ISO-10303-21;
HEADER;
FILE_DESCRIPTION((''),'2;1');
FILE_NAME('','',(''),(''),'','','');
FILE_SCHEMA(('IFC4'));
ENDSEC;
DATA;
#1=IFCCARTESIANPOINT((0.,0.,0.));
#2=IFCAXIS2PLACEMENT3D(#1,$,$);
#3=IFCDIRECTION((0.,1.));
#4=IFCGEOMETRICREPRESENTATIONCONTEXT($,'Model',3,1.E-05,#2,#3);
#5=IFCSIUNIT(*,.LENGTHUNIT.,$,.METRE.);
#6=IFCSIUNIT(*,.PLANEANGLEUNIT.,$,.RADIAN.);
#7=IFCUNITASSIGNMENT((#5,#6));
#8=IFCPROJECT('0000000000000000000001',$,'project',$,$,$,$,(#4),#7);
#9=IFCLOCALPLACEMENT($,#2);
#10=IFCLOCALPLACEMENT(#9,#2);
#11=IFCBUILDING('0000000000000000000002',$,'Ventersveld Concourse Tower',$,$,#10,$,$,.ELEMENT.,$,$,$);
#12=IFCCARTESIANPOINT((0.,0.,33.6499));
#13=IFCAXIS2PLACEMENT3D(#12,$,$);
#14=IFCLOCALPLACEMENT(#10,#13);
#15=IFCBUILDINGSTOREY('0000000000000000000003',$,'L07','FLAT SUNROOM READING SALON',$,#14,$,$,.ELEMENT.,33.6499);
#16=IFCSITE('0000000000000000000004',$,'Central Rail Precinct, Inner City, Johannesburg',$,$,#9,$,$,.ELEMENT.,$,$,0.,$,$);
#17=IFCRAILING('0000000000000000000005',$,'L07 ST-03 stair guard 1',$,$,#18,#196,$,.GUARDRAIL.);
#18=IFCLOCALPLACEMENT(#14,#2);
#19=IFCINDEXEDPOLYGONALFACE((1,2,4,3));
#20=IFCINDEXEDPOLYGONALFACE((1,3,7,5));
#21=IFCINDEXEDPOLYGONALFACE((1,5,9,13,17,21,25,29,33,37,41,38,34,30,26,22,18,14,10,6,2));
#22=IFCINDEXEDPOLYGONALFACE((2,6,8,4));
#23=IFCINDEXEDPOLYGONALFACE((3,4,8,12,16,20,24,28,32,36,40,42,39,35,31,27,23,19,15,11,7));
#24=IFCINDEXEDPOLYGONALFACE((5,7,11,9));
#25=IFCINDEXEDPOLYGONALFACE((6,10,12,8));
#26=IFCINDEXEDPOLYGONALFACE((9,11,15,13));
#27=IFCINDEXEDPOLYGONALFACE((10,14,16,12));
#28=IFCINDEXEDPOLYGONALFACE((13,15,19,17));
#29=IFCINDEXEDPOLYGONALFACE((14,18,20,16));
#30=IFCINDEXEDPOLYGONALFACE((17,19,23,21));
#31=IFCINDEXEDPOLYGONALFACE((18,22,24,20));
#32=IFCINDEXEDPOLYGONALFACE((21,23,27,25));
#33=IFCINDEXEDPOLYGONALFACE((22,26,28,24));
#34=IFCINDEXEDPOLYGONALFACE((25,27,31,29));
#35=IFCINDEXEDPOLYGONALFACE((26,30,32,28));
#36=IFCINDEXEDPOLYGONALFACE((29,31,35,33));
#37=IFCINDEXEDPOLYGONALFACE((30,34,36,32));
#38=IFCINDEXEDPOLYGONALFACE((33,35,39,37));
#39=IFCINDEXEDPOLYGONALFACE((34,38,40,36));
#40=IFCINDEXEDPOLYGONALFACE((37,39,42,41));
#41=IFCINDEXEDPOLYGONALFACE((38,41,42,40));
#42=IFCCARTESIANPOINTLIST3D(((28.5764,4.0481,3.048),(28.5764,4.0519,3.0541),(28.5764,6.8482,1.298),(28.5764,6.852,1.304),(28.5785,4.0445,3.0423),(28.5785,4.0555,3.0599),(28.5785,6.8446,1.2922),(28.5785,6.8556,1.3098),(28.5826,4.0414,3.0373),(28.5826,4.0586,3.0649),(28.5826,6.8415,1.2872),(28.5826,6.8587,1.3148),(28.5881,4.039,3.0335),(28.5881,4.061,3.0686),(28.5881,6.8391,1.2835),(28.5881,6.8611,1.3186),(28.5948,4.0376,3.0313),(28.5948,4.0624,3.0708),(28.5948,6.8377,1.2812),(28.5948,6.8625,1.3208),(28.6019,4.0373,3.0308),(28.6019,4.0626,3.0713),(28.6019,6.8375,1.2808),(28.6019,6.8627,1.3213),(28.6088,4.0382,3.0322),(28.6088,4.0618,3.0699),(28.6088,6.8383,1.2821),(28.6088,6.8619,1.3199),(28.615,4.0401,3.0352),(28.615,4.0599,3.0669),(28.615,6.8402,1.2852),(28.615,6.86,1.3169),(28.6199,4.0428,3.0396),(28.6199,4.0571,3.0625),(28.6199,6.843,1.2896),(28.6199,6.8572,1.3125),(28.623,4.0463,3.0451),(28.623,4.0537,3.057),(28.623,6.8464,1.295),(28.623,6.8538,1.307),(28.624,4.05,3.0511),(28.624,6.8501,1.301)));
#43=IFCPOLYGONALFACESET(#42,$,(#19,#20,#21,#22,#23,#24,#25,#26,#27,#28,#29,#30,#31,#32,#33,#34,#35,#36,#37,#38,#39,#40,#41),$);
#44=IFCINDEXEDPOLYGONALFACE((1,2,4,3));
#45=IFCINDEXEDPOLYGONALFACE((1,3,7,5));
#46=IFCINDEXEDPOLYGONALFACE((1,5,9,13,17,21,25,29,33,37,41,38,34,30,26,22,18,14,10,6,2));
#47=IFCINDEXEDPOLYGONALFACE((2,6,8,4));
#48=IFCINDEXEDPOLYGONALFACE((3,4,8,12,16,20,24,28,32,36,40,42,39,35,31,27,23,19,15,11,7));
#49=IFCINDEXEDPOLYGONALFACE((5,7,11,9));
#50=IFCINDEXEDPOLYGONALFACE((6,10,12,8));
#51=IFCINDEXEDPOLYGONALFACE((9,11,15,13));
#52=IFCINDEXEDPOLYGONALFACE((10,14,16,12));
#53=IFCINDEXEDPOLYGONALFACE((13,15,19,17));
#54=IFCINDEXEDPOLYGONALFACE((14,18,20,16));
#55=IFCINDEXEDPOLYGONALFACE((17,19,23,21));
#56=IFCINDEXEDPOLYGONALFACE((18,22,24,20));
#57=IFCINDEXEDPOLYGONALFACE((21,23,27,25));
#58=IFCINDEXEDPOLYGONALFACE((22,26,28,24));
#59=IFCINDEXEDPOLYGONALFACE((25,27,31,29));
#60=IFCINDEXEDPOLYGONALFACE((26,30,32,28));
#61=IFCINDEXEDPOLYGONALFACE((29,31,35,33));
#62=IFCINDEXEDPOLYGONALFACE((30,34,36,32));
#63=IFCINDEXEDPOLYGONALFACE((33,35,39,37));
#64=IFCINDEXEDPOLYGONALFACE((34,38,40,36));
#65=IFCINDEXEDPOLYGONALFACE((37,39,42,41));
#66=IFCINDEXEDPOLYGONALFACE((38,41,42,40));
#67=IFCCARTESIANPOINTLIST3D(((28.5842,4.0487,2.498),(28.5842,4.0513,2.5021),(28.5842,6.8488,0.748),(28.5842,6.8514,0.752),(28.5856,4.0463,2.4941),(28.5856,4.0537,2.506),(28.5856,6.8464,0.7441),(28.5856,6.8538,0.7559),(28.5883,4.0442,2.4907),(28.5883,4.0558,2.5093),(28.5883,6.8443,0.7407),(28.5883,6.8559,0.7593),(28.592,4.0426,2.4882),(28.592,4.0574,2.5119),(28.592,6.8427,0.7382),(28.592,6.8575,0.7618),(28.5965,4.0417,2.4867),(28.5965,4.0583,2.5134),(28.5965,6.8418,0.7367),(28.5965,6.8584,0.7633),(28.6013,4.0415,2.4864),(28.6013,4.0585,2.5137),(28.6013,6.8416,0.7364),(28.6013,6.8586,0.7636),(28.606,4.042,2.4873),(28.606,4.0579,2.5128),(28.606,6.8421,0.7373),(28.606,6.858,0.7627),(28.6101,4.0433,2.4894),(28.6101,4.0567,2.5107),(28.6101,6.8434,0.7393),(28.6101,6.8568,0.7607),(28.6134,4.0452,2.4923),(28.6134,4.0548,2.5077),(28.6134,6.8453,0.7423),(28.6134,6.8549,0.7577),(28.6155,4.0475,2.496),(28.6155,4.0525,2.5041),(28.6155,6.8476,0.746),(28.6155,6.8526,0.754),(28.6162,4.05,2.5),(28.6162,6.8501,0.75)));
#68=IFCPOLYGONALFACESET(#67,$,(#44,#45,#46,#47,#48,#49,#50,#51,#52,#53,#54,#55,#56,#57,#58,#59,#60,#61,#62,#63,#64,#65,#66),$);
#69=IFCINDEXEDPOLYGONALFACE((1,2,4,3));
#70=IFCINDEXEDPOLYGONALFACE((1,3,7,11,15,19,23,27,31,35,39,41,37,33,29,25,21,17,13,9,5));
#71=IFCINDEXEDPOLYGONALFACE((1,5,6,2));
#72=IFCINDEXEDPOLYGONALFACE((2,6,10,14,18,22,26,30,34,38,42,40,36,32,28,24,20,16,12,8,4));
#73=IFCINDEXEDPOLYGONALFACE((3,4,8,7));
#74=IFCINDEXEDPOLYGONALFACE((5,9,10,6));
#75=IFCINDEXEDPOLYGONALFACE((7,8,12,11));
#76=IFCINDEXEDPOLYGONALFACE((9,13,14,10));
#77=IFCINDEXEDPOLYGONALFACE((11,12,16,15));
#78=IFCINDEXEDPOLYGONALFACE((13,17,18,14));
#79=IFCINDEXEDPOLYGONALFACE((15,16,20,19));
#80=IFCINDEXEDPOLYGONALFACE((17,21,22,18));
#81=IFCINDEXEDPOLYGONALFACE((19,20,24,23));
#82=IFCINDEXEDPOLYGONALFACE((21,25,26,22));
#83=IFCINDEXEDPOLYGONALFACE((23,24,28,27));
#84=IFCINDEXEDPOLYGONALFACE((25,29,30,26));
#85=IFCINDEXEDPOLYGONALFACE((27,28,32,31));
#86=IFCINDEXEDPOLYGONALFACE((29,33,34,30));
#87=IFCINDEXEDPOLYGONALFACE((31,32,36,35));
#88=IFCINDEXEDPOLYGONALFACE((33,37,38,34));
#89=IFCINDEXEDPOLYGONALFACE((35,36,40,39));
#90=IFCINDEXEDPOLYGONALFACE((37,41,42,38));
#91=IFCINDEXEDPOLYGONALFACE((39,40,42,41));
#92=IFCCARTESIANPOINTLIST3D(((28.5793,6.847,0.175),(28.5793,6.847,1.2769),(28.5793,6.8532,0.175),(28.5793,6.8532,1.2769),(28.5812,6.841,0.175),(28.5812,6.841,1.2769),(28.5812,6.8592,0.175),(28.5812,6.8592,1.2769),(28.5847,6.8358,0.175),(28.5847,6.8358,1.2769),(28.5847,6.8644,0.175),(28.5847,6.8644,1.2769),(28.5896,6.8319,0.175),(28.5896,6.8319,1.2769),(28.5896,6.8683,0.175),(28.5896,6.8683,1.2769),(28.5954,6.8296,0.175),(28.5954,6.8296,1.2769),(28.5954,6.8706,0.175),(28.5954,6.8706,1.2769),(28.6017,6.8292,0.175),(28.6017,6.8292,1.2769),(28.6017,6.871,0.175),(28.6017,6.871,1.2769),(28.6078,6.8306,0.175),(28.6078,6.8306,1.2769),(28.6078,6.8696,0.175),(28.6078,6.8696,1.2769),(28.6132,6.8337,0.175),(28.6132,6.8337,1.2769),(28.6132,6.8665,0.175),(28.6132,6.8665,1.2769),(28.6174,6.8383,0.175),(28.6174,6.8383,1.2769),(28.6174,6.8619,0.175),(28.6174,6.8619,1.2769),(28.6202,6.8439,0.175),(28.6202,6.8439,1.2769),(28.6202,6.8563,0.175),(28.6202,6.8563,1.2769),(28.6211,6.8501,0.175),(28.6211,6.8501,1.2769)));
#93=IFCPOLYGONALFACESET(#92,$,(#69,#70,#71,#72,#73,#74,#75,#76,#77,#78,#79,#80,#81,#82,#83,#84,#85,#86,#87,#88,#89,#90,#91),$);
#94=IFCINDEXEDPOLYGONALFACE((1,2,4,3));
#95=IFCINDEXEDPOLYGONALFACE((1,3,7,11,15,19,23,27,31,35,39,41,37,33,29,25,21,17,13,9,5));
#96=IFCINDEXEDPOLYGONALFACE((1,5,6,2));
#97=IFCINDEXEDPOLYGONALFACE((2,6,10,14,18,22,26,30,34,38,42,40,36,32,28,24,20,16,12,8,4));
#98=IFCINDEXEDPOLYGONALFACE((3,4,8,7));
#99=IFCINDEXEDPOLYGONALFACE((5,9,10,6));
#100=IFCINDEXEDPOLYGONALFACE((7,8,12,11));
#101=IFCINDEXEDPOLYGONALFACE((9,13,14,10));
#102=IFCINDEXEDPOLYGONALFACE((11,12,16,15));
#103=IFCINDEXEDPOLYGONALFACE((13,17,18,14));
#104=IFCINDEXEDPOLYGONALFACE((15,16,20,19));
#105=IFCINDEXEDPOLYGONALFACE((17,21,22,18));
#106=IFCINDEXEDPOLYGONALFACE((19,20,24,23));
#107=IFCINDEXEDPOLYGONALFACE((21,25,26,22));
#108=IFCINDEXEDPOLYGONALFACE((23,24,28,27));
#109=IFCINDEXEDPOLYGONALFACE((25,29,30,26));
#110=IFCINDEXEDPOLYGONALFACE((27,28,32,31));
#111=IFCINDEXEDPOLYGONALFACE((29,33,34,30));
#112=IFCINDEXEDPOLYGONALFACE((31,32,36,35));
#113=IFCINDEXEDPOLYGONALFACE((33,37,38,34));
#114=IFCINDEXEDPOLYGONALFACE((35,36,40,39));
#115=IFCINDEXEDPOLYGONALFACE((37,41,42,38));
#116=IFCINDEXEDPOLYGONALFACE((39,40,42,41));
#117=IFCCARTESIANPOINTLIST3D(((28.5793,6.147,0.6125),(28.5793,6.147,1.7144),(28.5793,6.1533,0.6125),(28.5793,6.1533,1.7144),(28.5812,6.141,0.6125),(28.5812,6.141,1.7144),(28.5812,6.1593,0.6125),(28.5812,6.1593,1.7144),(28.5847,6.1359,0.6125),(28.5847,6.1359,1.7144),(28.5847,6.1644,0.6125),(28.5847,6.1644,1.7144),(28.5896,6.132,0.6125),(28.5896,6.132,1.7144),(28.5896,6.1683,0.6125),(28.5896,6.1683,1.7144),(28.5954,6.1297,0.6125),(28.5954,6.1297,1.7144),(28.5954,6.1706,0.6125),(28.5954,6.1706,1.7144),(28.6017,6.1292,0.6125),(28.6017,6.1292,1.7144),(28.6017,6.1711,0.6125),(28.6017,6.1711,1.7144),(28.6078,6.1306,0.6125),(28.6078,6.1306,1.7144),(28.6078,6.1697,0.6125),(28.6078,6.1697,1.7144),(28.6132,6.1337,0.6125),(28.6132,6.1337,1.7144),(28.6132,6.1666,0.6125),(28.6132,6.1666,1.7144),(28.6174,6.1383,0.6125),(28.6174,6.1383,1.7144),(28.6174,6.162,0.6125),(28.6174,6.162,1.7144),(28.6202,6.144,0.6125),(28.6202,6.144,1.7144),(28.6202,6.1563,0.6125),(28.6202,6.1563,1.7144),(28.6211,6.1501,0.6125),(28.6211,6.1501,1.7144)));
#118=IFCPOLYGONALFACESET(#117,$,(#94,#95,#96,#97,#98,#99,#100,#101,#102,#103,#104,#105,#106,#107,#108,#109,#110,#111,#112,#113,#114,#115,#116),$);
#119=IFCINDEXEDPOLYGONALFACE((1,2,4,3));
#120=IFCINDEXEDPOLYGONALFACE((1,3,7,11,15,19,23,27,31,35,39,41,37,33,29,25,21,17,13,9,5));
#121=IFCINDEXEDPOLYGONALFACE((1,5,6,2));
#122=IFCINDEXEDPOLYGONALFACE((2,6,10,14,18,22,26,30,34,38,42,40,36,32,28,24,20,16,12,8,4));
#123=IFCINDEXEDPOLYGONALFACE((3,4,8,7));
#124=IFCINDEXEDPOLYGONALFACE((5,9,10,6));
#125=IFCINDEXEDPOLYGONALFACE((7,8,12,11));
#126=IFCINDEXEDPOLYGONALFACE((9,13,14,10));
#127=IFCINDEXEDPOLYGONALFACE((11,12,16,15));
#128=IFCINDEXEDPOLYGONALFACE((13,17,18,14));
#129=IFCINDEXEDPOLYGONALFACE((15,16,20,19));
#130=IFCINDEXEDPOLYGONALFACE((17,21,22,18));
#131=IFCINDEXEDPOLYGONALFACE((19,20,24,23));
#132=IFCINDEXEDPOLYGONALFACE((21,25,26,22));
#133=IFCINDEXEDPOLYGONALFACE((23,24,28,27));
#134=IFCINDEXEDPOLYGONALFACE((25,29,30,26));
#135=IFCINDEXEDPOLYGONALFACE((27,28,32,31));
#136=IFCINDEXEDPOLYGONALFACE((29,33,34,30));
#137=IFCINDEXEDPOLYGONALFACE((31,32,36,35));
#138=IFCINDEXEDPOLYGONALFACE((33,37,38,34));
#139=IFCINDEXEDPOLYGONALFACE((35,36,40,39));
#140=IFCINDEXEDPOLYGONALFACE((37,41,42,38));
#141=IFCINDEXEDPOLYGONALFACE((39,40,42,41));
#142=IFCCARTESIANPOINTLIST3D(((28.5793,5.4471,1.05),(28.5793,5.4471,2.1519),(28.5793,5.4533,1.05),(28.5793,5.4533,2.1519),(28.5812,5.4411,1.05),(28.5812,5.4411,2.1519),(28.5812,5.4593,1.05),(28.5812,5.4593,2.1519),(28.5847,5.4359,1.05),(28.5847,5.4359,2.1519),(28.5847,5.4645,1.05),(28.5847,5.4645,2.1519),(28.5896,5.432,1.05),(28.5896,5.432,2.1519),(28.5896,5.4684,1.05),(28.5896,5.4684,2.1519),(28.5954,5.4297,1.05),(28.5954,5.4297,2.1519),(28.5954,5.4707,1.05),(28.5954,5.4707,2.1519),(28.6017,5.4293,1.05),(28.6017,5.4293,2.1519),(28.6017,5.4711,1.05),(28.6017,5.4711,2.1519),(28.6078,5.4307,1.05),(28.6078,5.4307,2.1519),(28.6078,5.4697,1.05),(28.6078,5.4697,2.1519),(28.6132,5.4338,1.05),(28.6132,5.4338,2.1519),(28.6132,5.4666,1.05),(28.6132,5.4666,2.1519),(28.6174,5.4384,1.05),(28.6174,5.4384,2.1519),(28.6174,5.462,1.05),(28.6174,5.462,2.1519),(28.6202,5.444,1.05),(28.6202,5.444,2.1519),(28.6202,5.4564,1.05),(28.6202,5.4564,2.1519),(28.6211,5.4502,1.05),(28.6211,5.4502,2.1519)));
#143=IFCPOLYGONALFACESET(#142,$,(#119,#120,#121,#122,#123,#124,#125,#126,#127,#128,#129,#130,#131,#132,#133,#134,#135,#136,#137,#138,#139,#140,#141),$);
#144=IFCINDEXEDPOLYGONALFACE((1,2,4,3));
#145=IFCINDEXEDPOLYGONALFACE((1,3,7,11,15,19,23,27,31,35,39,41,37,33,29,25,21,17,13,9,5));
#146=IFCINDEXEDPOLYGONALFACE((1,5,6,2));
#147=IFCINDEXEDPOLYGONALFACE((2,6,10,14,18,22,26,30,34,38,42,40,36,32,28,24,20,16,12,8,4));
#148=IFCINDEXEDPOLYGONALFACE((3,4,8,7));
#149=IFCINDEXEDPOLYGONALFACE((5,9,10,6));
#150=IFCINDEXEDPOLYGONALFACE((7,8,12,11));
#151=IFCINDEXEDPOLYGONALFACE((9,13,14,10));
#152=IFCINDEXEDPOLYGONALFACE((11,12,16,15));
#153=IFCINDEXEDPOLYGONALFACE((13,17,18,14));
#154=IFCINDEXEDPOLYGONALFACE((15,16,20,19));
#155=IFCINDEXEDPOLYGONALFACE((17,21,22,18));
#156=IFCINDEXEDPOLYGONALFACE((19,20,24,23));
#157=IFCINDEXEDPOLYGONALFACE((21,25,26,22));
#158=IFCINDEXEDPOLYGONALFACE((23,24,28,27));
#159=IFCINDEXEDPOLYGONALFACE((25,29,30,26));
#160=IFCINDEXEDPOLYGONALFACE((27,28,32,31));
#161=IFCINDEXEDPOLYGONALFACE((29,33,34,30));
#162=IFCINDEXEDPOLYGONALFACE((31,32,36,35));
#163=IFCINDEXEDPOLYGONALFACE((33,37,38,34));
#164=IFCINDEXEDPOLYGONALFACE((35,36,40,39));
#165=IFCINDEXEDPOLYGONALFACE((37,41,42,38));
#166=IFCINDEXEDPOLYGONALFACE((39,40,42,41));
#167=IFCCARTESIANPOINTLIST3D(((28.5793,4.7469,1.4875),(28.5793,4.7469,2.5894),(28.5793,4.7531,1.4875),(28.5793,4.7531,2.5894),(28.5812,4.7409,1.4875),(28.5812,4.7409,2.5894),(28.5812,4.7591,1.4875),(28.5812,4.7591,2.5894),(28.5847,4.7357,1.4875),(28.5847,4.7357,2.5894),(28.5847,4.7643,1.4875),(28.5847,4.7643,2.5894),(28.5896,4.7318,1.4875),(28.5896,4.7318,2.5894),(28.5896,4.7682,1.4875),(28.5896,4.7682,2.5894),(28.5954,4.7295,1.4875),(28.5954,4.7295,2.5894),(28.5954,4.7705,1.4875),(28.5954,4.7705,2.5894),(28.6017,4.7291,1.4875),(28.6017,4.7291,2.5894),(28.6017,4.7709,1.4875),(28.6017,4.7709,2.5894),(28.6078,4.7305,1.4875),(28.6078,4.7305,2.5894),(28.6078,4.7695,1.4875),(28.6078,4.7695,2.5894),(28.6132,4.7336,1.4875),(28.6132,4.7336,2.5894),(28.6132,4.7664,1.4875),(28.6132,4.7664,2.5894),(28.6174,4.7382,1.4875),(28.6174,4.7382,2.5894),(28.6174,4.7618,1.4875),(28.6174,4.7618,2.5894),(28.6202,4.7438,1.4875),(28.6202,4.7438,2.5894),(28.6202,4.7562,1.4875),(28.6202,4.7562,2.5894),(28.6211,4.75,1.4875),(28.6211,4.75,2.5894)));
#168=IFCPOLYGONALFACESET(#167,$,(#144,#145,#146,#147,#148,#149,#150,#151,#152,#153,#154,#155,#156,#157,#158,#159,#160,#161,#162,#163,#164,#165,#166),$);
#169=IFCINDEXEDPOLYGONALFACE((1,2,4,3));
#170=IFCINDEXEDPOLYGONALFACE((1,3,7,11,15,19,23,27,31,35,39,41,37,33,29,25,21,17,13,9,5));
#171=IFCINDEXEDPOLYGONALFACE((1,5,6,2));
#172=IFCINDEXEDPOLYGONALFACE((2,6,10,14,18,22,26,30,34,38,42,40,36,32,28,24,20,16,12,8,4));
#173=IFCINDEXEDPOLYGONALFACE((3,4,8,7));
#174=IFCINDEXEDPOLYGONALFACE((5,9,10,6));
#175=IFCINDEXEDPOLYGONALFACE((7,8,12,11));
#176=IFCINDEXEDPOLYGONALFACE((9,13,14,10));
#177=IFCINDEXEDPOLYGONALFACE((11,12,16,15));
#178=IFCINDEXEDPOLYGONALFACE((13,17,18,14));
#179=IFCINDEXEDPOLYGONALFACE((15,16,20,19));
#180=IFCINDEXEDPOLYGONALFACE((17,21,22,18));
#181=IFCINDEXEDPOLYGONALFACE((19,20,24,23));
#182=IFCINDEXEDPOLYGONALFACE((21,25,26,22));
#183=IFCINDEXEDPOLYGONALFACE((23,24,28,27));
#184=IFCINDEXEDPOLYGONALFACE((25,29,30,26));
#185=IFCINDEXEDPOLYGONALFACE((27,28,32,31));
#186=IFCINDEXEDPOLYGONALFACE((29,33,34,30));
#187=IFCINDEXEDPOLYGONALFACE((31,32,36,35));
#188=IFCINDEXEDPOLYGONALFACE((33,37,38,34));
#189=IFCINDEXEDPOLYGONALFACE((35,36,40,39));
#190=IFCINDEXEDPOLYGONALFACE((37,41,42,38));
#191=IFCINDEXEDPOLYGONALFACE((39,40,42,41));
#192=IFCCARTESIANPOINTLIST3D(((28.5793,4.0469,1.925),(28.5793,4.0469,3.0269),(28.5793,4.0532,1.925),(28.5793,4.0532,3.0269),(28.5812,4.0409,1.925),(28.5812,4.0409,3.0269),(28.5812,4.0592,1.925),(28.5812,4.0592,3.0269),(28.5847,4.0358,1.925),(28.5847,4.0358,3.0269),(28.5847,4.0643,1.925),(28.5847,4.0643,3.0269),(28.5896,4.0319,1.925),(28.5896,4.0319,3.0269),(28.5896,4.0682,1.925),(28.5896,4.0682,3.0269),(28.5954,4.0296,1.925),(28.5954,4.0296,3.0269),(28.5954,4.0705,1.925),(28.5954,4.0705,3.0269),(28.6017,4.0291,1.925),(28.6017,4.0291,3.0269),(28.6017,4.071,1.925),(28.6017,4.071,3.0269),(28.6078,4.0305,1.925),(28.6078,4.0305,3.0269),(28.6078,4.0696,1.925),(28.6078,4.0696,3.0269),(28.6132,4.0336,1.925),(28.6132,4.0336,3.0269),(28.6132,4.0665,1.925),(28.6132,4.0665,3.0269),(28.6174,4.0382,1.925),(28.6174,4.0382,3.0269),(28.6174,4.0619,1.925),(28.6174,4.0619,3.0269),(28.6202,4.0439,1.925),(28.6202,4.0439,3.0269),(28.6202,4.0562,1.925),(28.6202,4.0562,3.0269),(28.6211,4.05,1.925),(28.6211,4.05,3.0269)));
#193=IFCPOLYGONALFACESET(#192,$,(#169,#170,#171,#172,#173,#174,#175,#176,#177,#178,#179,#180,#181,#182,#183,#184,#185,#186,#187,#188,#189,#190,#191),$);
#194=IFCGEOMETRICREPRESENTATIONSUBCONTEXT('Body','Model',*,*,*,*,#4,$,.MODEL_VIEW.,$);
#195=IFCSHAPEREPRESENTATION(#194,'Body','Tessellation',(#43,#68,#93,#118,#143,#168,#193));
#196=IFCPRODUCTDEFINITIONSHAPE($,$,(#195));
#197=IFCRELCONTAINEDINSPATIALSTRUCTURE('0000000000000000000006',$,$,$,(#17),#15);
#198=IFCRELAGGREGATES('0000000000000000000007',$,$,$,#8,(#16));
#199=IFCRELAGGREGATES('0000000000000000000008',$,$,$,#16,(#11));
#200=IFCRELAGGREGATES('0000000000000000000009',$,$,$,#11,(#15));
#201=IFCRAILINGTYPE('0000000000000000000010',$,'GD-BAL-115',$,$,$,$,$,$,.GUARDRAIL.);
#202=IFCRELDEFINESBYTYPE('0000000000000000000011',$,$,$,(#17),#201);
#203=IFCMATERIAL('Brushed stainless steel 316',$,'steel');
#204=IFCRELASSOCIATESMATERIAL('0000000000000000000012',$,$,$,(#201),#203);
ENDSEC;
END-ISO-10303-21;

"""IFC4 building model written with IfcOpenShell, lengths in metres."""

from ifc_helpers import new_model, si_unit, direction, frame, origin, origin_2d, place, context, subcontext, project, spatial, circle, extrude, material, type_object, element, save


model = new_model("IFC4")

# Units and contexts
model_context = context("Model", 3, precision=1e-05, world=origin(), true_north=direction((0.0, 1.0)))
body_context = subcontext(model_context, "Body", "Model", "MODEL_VIEW")
ifc_project = project(units=[si_unit("LENGTHUNIT", "METRE"), si_unit("PLANEANGLEUNIT", "RADIAN")], contexts=[model_context])

# Site, building, storey
site_placement = place(None, origin())
site = spatial("IfcSite", under=ifc_project, at=site_placement, Name="Central Rail Precinct, Inner City, Johannesburg", CompositionType="ELEMENT", RefElevation=0.0)
building_placement = place(site_placement, origin())
building = spatial("IfcBuilding", under=site, at=building_placement, Name="Ventersveld Concourse Tower", CompositionType="ELEMENT")
storey_placement = place(building_placement, frame((0.0, 0.0, 33.6499)))
storey = spatial("IfcBuildingStorey", under=building, at=storey_placement, Name="L07", Description="FLAT SUNROOM READING SALON", CompositionType="ELEMENT", Elevation=33.6499)

# Shared definitions
ifc_material_1 = material(Name="Brushed stainless steel 316", Category="steel")

# Railing
railing_type = type_object("IfcRailingType", Name="GD-BAL-115", PredefinedType="GUARDRAIL", material=ifc_material_1)
railing_1_placement = place(storey_placement, frame((28.6001, 6.8501, 0.175)))
element("IfcRailing", 1, at=railing_1_placement, inside=storey, type_object=railing_type, Name="L07 ST-03 stair guard 1", PredefinedType="GUARDRAIL", context=body_context, shape_type="SweptSolid", body=[
    extrude(circle(Radius=0.0239, at=origin_2d()), frame((0.0, 0.0, 1.126), z_axis=(0.0, -0.848002, 0.529992), x_axis=(1.0, 0.0, 0.0)), (0.0, 0.0, 1.0), 3.302),
    extrude(circle(Radius=0.0161, at=origin_2d()), frame((0.0, 0.0, 0.575), z_axis=(0.0, -0.848002, 0.529992), x_axis=(1.0, 0.0, 0.0)), (0.0, 0.0, 1.0), 3.302),
    extrude(circle(Radius=0.021, at=origin_2d()), origin(), (0.0, 0.0, 1.0), 1.1018),
    extrude(circle(Radius=0.021, at=origin_2d()), frame((0.0, -0.7, 0.4375)), (0.0, 0.0, 1.0), 1.1018),
    extrude(circle(Radius=0.021, at=origin_2d()), frame((0.0, -1.3999, 0.875)), (0.0, 0.0, 1.0), 1.1018),
    extrude(circle(Radius=0.021, at=origin_2d()), frame((0.0, -2.1001, 1.3125)), (0.0, 0.0, 1.0), 1.1018),
    extrude(circle(Radius=0.021, at=origin_2d()), frame((0.0, -2.8, 1.75)), (0.0, 0.0, 1.0), 1.1018),
])

save(model, "model.ifc")
